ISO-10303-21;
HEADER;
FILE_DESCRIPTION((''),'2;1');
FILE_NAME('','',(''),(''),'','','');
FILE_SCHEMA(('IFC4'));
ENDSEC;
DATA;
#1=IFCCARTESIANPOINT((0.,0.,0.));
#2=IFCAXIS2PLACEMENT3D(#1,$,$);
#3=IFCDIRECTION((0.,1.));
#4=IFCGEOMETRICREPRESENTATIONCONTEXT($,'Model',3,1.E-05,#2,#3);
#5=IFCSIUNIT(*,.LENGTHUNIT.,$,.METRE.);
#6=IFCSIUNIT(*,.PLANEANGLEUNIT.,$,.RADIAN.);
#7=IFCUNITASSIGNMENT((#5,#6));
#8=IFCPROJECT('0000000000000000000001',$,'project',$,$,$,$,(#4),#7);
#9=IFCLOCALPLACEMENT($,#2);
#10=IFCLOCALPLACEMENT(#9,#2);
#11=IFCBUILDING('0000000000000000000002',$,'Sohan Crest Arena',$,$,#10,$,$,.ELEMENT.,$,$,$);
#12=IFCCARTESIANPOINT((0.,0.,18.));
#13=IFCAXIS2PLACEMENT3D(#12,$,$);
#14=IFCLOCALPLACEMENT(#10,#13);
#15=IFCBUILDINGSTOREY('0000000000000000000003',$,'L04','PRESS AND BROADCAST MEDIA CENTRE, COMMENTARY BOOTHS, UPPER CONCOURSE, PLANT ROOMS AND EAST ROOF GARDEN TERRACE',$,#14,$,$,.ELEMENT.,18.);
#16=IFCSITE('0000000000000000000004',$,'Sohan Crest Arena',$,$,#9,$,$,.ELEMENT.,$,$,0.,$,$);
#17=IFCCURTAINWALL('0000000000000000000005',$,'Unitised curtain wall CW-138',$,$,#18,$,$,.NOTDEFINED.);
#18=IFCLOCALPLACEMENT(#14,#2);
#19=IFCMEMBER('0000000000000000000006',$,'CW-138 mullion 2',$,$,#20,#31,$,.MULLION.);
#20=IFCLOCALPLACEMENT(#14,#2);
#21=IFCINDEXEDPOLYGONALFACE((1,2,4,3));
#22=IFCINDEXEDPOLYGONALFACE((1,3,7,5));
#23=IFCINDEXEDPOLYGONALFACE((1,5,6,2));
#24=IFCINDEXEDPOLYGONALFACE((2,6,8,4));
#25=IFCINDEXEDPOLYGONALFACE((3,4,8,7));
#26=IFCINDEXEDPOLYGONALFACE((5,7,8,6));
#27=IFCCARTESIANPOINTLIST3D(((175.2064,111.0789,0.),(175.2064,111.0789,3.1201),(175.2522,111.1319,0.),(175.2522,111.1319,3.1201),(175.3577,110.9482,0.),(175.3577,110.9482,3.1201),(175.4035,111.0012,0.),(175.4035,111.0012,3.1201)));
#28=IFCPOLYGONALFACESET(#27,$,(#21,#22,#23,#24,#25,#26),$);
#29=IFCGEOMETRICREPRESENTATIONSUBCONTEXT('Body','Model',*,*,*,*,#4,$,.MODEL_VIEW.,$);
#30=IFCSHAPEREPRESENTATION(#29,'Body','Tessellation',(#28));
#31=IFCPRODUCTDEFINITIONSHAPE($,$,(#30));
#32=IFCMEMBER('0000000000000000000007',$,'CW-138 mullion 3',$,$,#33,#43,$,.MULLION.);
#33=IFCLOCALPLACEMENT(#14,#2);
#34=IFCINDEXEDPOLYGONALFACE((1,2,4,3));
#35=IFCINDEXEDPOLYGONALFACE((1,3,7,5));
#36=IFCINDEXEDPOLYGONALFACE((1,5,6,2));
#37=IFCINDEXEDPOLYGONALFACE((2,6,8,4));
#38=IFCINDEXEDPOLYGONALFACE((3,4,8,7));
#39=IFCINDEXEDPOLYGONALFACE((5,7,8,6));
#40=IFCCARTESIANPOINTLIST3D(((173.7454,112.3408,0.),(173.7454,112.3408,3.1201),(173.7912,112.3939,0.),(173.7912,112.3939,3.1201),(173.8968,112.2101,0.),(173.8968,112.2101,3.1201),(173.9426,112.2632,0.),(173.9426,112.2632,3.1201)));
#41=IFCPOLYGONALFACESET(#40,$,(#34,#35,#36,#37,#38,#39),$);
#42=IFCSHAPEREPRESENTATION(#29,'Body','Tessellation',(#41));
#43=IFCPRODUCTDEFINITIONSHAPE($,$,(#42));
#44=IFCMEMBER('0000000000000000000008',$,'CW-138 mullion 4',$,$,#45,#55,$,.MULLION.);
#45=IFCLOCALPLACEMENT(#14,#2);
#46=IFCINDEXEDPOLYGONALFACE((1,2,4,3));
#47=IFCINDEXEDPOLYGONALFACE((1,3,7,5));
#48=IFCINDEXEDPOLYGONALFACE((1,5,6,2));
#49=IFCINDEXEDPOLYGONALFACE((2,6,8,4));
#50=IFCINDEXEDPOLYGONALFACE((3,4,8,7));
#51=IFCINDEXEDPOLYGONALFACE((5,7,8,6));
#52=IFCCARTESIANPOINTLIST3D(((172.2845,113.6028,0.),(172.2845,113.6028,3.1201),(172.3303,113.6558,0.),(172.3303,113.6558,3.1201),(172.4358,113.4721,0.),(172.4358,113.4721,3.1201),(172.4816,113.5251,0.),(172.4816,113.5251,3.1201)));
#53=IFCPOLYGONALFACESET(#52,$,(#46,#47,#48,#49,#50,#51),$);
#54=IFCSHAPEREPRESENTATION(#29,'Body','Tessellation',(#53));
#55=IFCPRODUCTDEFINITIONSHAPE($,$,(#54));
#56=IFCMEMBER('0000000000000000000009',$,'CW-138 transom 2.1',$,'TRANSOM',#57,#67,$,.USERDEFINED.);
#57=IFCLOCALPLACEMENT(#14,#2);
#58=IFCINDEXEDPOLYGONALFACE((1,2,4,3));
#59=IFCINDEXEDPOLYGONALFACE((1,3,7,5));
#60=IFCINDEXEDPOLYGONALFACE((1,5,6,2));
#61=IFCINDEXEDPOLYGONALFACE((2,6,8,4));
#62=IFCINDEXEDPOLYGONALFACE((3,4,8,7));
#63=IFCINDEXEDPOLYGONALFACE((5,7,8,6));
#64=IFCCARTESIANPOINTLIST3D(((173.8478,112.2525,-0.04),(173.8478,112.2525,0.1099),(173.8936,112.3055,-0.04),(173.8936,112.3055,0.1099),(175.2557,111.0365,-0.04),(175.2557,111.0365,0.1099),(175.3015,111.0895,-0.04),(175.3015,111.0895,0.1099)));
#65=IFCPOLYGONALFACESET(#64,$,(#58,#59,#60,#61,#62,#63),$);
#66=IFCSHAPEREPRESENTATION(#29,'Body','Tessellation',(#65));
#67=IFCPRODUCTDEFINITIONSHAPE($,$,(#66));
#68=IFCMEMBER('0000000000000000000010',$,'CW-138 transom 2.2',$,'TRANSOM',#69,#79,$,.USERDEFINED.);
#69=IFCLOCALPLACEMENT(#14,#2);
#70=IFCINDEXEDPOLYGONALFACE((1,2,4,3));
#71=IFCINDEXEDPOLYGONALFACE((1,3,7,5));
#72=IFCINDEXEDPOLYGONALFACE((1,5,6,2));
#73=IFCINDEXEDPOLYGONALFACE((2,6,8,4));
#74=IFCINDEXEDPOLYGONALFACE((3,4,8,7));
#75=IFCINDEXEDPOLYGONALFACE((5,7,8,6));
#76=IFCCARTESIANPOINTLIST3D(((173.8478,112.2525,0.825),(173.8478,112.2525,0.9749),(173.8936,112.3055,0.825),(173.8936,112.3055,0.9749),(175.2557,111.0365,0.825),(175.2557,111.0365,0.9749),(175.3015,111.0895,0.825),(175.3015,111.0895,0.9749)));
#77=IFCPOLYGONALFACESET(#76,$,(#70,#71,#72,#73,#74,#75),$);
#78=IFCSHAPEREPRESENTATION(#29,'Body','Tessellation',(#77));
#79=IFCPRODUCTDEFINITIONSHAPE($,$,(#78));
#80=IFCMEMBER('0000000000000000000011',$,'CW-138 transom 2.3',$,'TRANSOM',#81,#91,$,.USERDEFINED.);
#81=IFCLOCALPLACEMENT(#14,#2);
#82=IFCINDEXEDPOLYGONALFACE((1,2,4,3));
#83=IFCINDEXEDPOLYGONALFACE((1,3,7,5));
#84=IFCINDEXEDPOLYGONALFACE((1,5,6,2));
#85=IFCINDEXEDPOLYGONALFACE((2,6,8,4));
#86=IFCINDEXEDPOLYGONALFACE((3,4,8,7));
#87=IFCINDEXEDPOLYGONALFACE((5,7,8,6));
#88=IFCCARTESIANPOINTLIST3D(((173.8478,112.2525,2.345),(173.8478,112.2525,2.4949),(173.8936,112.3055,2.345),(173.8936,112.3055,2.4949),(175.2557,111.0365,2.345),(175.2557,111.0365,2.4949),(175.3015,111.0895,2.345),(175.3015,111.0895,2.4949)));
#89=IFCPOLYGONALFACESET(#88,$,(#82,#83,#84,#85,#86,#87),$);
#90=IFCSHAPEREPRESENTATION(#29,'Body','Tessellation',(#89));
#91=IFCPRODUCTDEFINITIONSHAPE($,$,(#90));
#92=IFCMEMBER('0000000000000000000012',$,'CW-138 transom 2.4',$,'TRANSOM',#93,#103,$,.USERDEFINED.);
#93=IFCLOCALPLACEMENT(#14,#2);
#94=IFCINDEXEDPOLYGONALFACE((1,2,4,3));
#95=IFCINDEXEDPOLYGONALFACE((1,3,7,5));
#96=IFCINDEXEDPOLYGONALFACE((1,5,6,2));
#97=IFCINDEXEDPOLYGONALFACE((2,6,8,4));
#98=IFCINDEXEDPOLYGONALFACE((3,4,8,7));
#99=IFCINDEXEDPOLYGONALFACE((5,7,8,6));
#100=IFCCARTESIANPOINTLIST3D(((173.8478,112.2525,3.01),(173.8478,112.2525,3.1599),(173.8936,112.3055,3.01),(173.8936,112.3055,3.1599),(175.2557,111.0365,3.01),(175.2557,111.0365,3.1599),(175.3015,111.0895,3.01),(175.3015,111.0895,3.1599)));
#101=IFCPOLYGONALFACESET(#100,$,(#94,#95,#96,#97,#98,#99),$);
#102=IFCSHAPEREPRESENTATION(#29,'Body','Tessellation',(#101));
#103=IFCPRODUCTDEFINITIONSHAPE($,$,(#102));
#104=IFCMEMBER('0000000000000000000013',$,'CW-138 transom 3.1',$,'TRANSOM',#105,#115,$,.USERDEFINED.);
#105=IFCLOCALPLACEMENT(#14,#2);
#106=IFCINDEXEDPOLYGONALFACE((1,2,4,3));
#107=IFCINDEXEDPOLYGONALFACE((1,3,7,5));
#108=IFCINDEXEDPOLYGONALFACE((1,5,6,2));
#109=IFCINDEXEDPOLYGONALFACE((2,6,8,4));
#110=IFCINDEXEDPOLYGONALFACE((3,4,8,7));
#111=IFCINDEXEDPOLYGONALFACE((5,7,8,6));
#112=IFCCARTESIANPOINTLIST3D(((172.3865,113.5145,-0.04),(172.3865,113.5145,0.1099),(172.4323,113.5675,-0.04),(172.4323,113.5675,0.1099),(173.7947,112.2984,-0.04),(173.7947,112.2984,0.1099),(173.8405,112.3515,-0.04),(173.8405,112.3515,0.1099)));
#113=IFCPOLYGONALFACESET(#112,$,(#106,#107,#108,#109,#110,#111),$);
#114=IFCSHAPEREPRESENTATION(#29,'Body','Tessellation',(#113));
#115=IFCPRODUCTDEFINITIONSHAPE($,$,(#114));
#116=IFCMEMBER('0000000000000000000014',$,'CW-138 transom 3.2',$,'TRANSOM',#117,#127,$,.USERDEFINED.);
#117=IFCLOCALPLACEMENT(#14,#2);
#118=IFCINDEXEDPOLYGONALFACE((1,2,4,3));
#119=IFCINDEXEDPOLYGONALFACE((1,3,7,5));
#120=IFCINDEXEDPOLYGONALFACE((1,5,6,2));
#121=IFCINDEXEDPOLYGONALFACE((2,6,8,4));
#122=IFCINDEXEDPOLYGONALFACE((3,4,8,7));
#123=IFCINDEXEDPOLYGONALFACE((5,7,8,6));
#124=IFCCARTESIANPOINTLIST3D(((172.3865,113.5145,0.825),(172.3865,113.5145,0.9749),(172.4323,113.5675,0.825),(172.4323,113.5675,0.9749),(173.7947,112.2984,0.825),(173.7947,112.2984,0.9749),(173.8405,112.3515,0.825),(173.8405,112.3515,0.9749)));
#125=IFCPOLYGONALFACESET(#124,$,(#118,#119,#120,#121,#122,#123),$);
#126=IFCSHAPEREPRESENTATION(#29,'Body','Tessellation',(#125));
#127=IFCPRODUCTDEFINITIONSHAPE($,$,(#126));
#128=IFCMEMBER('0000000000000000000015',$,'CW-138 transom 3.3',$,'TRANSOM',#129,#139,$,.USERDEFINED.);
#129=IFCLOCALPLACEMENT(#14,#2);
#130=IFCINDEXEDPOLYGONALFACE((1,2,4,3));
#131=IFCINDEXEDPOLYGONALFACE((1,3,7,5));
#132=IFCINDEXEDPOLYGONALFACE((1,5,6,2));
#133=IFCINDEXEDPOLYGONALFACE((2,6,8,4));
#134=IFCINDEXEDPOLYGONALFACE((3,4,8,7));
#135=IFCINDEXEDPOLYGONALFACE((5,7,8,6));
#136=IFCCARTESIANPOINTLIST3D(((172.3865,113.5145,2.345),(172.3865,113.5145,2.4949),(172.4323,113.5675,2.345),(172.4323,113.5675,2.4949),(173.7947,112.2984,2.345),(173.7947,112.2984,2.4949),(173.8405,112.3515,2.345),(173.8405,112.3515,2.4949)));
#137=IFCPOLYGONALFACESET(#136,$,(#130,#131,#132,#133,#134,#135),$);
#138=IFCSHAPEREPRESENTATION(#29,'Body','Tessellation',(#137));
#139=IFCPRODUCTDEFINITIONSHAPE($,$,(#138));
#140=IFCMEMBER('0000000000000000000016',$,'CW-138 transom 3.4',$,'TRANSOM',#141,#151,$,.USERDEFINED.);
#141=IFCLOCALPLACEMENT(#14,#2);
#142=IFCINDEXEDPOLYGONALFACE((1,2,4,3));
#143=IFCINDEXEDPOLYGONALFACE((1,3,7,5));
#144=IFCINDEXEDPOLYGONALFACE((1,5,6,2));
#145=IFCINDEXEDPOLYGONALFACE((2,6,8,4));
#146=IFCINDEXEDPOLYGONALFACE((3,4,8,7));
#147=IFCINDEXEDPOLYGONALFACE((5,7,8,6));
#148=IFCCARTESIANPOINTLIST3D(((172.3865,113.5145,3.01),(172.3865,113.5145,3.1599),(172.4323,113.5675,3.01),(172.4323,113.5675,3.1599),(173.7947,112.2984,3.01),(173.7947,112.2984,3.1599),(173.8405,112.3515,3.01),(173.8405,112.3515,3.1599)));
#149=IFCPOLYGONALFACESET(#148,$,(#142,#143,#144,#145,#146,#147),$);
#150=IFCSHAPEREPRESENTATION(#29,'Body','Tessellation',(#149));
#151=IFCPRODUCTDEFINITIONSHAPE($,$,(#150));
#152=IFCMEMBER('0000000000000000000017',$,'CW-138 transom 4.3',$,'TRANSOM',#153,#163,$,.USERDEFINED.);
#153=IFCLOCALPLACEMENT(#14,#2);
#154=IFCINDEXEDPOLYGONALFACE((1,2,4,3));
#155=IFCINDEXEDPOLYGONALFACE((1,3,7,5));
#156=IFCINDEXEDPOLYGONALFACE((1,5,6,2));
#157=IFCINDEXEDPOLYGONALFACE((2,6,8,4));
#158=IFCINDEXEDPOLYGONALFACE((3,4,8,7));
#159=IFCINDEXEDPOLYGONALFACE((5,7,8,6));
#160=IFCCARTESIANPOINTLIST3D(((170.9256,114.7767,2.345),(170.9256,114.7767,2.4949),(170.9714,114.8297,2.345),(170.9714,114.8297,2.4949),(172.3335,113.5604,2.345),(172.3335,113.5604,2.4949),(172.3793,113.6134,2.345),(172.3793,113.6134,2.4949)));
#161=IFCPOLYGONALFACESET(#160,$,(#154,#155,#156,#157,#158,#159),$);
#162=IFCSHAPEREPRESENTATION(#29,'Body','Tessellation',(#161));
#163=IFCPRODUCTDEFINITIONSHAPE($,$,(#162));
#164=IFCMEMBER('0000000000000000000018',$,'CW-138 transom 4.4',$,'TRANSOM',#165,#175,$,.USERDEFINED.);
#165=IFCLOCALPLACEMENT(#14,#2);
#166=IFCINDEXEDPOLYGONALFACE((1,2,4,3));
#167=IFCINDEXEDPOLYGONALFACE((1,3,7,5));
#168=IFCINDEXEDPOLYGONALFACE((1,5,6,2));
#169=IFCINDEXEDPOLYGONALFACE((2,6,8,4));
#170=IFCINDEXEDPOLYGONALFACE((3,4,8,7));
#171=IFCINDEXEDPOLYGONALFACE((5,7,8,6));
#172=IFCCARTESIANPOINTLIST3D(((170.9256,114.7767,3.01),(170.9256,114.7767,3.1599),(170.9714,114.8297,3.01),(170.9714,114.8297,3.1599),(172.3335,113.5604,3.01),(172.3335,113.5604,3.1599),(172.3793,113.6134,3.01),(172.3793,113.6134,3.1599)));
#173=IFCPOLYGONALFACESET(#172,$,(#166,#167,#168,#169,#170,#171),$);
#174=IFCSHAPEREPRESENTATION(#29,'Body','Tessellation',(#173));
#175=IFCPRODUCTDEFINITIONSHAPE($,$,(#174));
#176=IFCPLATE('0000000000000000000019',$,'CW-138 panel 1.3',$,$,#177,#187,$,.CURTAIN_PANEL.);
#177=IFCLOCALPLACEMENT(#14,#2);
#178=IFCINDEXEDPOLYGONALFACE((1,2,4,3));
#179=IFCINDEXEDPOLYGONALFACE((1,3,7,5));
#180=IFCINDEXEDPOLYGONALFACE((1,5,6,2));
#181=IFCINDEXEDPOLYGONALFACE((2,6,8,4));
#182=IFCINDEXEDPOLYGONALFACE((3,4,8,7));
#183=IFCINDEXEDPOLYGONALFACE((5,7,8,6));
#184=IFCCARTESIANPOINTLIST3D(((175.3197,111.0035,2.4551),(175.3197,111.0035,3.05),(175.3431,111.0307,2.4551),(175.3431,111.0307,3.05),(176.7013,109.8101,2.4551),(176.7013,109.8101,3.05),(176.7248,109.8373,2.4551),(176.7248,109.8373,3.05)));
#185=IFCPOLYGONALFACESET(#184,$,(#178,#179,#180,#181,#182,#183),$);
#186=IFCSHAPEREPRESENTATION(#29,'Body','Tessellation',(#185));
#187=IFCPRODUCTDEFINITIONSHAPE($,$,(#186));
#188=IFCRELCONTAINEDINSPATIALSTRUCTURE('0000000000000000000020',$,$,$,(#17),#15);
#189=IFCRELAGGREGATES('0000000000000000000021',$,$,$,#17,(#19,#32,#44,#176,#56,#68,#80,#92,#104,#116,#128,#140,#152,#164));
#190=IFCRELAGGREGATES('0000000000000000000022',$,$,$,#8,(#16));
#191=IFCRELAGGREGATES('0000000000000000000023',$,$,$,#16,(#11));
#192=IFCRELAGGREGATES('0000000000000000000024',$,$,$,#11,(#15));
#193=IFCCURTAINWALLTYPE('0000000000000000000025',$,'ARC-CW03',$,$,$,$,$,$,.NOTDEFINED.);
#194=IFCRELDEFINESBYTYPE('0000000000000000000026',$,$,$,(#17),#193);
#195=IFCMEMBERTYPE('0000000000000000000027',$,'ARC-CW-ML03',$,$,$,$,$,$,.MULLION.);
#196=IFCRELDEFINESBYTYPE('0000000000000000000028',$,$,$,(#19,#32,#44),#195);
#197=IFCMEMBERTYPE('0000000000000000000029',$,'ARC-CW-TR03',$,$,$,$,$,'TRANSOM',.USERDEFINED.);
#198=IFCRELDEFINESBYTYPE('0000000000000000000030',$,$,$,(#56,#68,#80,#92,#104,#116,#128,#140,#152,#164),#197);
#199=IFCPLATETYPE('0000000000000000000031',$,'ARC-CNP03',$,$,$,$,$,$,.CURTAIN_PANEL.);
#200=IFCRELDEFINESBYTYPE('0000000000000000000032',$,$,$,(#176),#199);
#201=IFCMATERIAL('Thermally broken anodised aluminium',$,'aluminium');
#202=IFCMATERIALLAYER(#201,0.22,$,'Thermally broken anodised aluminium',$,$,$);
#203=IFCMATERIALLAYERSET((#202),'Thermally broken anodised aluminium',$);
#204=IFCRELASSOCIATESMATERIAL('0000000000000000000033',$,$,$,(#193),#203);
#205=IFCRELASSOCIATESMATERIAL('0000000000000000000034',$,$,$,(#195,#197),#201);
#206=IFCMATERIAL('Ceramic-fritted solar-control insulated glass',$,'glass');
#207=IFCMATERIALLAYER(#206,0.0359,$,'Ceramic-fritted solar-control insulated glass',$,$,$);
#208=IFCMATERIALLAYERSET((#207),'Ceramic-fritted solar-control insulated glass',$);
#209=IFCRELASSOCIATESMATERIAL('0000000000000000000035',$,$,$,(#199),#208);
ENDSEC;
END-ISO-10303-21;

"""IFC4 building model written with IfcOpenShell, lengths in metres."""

from ifc_helpers import new_model, si_unit, direction, frame, origin, origin_2d, place, context, subcontext, project, spatial, rectangle, extrude, material, layer, layer_set, material_profile, profile_set, type_object, element, aggregate, save


model = new_model("IFC4")

# Units and contexts
model_context = context("Model", 3, precision=1e-05, world=origin(), true_north=direction((0.0, 1.0)))
body_context = subcontext(model_context, "Body", "Model", "MODEL_VIEW")
ifc_project = project(units=[si_unit("LENGTHUNIT", "METRE"), si_unit("PLANEANGLEUNIT", "RADIAN")], contexts=[model_context])

# Site, building, storey
site_placement = place(None, origin())
site = spatial("IfcSite", under=ifc_project, at=site_placement, Name="Sohan Crest Arena", CompositionType="ELEMENT", RefElevation=0.0)
building_placement = place(site_placement, origin())
building = spatial("IfcBuilding", under=site, at=building_placement, Name="Sohan Crest Arena", CompositionType="ELEMENT")
storey_placement = place(building_placement, frame((0.0, 0.0, 18.0)))
storey = spatial("IfcBuildingStorey", under=building, at=storey_placement, Name="L04", Description="PRESS AND BROADCAST MEDIA CENTRE, COMMENTARY BOOTHS, UPPER CONCOURSE, PLANT ROOMS AND EAST ROOF GARDEN TERRACE", CompositionType="ELEMENT", Elevation=18.0)

# Curtain wall, members, plate
ifc_material_1 = material(Name="Thermally broken anodised aluminium", Category="aluminium")
ifc_layer_1 = layer(ifc_material_1, 0.22, Name="Thermally broken anodised aluminium")
ifc_layer_set_1 = layer_set([ifc_layer_1], Name="Thermally broken anodised aluminium")
curtain_wall_type = type_object("IfcCurtainWallType", Name="ARC-CW03", PredefinedType="NOTDEFINED", material=ifc_layer_set_1)
curtain_wall_placement = place(storey_placement, origin())
curtain_wall = element("IfcCurtainWall", 1, at=curtain_wall_placement, inside=storey, type_object=curtain_wall_type, Name="Unitised curtain wall CW-138", PredefinedType="NOTDEFINED")
ifc_material_profile_1 = material_profile(ifc_material_1, rectangle(XDim=0.0701, YDim=0.2, at=origin_2d()), Name="ALU-MULL 70x200")
ifc_profile_set_1 = profile_set([ifc_material_profile_1], Name="Thermally broken anodised aluminium")
member_type_1 = type_object("IfcMemberType", Name="ARC-CW-ML03", PredefinedType="MULLION", material=ifc_profile_set_1)
member_1_placement = place(storey_placement, frame((175.3049, 111.04, 0.0), z_axis=(0.0, 0.0, 1.0), x_axis=(-0.653687, -0.756765, 0.0)))
member_1 = element("IfcMember", 2, at=member_1_placement, type_object=member_type_1, Name="CW-138 mullion 2", PredefinedType="MULLION", context=body_context, shape_type="SweptSolid", body=[
    extrude(rectangle(XDim=0.0701, YDim=0.2, at=origin_2d()), origin(), (0.0, 0.0, 1.0), 3.1201),
])
member_2_placement = place(storey_placement, frame((173.844, 112.302, 0.0), z_axis=(0.0, 0.0, 1.0), x_axis=(-0.653687, -0.756765, 0.0)))
member_2 = element("IfcMember", 3, at=member_2_placement, type_object=member_type_1, Name="CW-138 mullion 3", PredefinedType="MULLION", context=body_context, shape_type="SweptSolid", body=[
    extrude(rectangle(XDim=0.0701, YDim=0.2, at=origin_2d()), origin(), (0.0, 0.0, 1.0), 3.1201),
])
member_3_placement = place(storey_placement, frame((172.3831, 113.564, 0.0), z_axis=(0.0, 0.0, 1.0), x_axis=(-0.653687, -0.756765, 0.0)))
member_3 = element("IfcMember", 4, at=member_3_placement, type_object=member_type_1, Name="CW-138 mullion 4", PredefinedType="MULLION", context=body_context, shape_type="SweptSolid", body=[
    extrude(rectangle(XDim=0.0701, YDim=0.2, at=origin_2d()), origin(), (0.0, 0.0, 1.0), 3.1201),
])
ifc_material_profile_2 = material_profile(ifc_material_1, rectangle(XDim=0.0701, YDim=0.1499, at=origin_2d()), Name="ALU-TRAN 70x150")
ifc_profile_set_2 = profile_set([ifc_material_profile_2], Name="Thermally broken anodised aluminium")
member_type_2 = type_object("IfcMemberType", Name="ARC-CW-TR03", ElementType="TRANSOM", PredefinedType="USERDEFINED", material=ifc_profile_set_2)
member_4_placement = place(storey_placement, frame((175.2786, 111.063, 0.0349), z_axis=(-0.756796, 0.653651, 0.0), x_axis=(-0.653651, -0.756796, 0.0)))
member_4 = element("IfcMember", 5, at=member_4_placement, type_object=member_type_2, Name="CW-138 transom 2.1", ObjectType="TRANSOM", PredefinedType="USERDEFINED", context=body_context, shape_type="SweptSolid", body=[
    extrude(rectangle(XDim=0.0701, YDim=0.1499, at=origin_2d()), origin(), (0.0, 0.0, 1.0), 1.8604),
])
member_5_placement = place(storey_placement, frame((175.2786, 111.063, 0.8999), z_axis=(-0.756796, 0.653651, 0.0), x_axis=(-0.653651, -0.756796, 0.0)))
member_5 = element("IfcMember", 6, at=member_5_placement, type_object=member_type_2, Name="CW-138 transom 2.2", ObjectType="TRANSOM", PredefinedType="USERDEFINED", context=body_context, shape_type="SweptSolid", body=[
    extrude(rectangle(XDim=0.0701, YDim=0.1499, at=origin_2d()), origin(), (0.0, 0.0, 1.0), 1.8604),
])
member_6_placement = place(storey_placement, frame((175.2786, 111.063, 2.4199), z_axis=(-0.756796, 0.653651, 0.0), x_axis=(-0.653651, -0.756796, 0.0)))
member_6 = element("IfcMember", 7, at=member_6_placement, type_object=member_type_2, Name="CW-138 transom 2.3", ObjectType="TRANSOM", PredefinedType="USERDEFINED", context=body_context, shape_type="SweptSolid", body=[
    extrude(rectangle(XDim=0.0701, YDim=0.1499, at=origin_2d()), origin(), (0.0, 0.0, 1.0), 1.8604),
])
member_7_placement = place(storey_placement, frame((175.2786, 111.063, 3.085), z_axis=(-0.756796, 0.653651, 0.0), x_axis=(-0.653651, -0.756796, 0.0)))
member_7 = element("IfcMember", 8, at=member_7_placement, type_object=member_type_2, Name="CW-138 transom 2.4", ObjectType="TRANSOM", PredefinedType="USERDEFINED", context=body_context, shape_type="SweptSolid", body=[
    extrude(rectangle(XDim=0.0701, YDim=0.1499, at=origin_2d()), origin(), (0.0, 0.0, 1.0), 1.8604),
])
member_8_placement = place(storey_placement, frame((173.8176, 112.325, 0.0349), z_axis=(-0.756853, 0.653586, 0.0), x_axis=(-0.653586, -0.756853, 0.0)))
member_8 = element("IfcMember", 9, at=member_8_placement, type_object=member_type_2, Name="CW-138 transom 3.1", ObjectType="TRANSOM", PredefinedType="USERDEFINED", context=body_context, shape_type="SweptSolid", body=[
    extrude(rectangle(XDim=0.0701, YDim=0.1499, at=origin_2d()), origin(), (0.0, 0.0, 1.0), 1.8606),
])
member_9_placement = place(storey_placement, frame((173.8176, 112.325, 0.8999), z_axis=(-0.756853, 0.653586, 0.0), x_axis=(-0.653586, -0.756853, 0.0)))
member_9 = element("IfcMember", 10, at=member_9_placement, type_object=member_type_2, Name="CW-138 transom 3.2", ObjectType="TRANSOM", PredefinedType="USERDEFINED", context=body_context, shape_type="SweptSolid", body=[
    extrude(rectangle(XDim=0.0701, YDim=0.1499, at=origin_2d()), origin(), (0.0, 0.0, 1.0), 1.8606),
])
member_10_placement = place(storey_placement, frame((173.8176, 112.325, 2.4199), z_axis=(-0.756853, 0.653586, 0.0), x_axis=(-0.653586, -0.756853, 0.0)))
member_10 = element("IfcMember", 11, at=member_10_placement, type_object=member_type_2, Name="CW-138 transom 3.3", ObjectType="TRANSOM", PredefinedType="USERDEFINED", context=body_context, shape_type="SweptSolid", body=[
    extrude(rectangle(XDim=0.0701, YDim=0.1499, at=origin_2d()), origin(), (0.0, 0.0, 1.0), 1.8606),
])
member_11_placement = place(storey_placement, frame((173.8176, 112.325, 3.085), z_axis=(-0.756853, 0.653586, 0.0), x_axis=(-0.653586, -0.756853, 0.0)))
member_11 = element("IfcMember", 12, at=member_11_placement, type_object=member_type_2, Name="CW-138 transom 3.4", ObjectType="TRANSOM", PredefinedType="USERDEFINED", context=body_context, shape_type="SweptSolid", body=[
    extrude(rectangle(XDim=0.0701, YDim=0.1499, at=origin_2d()), origin(), (0.0, 0.0, 1.0), 1.8606),
])
member_12_placement = place(storey_placement, frame((172.3564, 113.5869, 2.4199), z_axis=(-0.756732, 0.653726, 0.0), x_axis=(-0.653726, -0.756732, 0.0)))
member_12 = element("IfcMember", 13, at=member_12_placement, type_object=member_type_2, Name="CW-138 transom 4.3", ObjectType="TRANSOM", PredefinedType="USERDEFINED", context=body_context, shape_type="SweptSolid", body=[
    extrude(rectangle(XDim=0.0701, YDim=0.1499, at=origin_2d()), origin(), (0.0, 0.0, 1.0), 1.8606),
])
member_13_placement = place(storey_placement, frame((172.3564, 113.5869, 3.085), z_axis=(-0.756732, 0.653726, 0.0), x_axis=(-0.653726, -0.756732, 0.0)))
member_13 = element("IfcMember", 14, at=member_13_placement, type_object=member_type_2, Name="CW-138 transom 4.4", ObjectType="TRANSOM", PredefinedType="USERDEFINED", context=body_context, shape_type="SweptSolid", body=[
    extrude(rectangle(XDim=0.0701, YDim=0.1499, at=origin_2d()), origin(), (0.0, 0.0, 1.0), 1.8606),
])
ifc_material_2 = material(Name="Ceramic-fritted solar-control insulated glass", Category="glass")
ifc_layer_2 = layer(ifc_material_2, 0.0359, Name="Ceramic-fritted solar-control insulated glass")
ifc_layer_set_2 = layer_set([ifc_layer_2], Name="Ceramic-fritted solar-control insulated glass")
plate_type = type_object("IfcPlateType", Name="ARC-CNP03", PredefinedType="CURTAIN_PANEL", material=ifc_layer_set_2)
plate_1_placement = place(storey_placement, frame((176.0222, 110.4204, 2.4551), z_axis=(0.0, 0.0, 1.0), x_axis=(-0.756765, 0.653687, 0.0)))
plate_1 = element("IfcPlate", 15, at=plate_1_placement, type_object=plate_type, Name="CW-138 panel 1.3", PredefinedType="CURTAIN_PANEL", context=body_context, shape_type="SweptSolid", body=[
    extrude(rectangle(XDim=1.8257, YDim=0.0359, at=origin_2d()), origin(), (0.0, 0.0, 1.0), 0.595),
])
aggregate(curtain_wall, [member_1, member_2, member_3, plate_1, member_4, member_5, member_6, member_7, member_8, member_9, member_10, member_11, member_12, member_13])

save(model, "model.ifc")
